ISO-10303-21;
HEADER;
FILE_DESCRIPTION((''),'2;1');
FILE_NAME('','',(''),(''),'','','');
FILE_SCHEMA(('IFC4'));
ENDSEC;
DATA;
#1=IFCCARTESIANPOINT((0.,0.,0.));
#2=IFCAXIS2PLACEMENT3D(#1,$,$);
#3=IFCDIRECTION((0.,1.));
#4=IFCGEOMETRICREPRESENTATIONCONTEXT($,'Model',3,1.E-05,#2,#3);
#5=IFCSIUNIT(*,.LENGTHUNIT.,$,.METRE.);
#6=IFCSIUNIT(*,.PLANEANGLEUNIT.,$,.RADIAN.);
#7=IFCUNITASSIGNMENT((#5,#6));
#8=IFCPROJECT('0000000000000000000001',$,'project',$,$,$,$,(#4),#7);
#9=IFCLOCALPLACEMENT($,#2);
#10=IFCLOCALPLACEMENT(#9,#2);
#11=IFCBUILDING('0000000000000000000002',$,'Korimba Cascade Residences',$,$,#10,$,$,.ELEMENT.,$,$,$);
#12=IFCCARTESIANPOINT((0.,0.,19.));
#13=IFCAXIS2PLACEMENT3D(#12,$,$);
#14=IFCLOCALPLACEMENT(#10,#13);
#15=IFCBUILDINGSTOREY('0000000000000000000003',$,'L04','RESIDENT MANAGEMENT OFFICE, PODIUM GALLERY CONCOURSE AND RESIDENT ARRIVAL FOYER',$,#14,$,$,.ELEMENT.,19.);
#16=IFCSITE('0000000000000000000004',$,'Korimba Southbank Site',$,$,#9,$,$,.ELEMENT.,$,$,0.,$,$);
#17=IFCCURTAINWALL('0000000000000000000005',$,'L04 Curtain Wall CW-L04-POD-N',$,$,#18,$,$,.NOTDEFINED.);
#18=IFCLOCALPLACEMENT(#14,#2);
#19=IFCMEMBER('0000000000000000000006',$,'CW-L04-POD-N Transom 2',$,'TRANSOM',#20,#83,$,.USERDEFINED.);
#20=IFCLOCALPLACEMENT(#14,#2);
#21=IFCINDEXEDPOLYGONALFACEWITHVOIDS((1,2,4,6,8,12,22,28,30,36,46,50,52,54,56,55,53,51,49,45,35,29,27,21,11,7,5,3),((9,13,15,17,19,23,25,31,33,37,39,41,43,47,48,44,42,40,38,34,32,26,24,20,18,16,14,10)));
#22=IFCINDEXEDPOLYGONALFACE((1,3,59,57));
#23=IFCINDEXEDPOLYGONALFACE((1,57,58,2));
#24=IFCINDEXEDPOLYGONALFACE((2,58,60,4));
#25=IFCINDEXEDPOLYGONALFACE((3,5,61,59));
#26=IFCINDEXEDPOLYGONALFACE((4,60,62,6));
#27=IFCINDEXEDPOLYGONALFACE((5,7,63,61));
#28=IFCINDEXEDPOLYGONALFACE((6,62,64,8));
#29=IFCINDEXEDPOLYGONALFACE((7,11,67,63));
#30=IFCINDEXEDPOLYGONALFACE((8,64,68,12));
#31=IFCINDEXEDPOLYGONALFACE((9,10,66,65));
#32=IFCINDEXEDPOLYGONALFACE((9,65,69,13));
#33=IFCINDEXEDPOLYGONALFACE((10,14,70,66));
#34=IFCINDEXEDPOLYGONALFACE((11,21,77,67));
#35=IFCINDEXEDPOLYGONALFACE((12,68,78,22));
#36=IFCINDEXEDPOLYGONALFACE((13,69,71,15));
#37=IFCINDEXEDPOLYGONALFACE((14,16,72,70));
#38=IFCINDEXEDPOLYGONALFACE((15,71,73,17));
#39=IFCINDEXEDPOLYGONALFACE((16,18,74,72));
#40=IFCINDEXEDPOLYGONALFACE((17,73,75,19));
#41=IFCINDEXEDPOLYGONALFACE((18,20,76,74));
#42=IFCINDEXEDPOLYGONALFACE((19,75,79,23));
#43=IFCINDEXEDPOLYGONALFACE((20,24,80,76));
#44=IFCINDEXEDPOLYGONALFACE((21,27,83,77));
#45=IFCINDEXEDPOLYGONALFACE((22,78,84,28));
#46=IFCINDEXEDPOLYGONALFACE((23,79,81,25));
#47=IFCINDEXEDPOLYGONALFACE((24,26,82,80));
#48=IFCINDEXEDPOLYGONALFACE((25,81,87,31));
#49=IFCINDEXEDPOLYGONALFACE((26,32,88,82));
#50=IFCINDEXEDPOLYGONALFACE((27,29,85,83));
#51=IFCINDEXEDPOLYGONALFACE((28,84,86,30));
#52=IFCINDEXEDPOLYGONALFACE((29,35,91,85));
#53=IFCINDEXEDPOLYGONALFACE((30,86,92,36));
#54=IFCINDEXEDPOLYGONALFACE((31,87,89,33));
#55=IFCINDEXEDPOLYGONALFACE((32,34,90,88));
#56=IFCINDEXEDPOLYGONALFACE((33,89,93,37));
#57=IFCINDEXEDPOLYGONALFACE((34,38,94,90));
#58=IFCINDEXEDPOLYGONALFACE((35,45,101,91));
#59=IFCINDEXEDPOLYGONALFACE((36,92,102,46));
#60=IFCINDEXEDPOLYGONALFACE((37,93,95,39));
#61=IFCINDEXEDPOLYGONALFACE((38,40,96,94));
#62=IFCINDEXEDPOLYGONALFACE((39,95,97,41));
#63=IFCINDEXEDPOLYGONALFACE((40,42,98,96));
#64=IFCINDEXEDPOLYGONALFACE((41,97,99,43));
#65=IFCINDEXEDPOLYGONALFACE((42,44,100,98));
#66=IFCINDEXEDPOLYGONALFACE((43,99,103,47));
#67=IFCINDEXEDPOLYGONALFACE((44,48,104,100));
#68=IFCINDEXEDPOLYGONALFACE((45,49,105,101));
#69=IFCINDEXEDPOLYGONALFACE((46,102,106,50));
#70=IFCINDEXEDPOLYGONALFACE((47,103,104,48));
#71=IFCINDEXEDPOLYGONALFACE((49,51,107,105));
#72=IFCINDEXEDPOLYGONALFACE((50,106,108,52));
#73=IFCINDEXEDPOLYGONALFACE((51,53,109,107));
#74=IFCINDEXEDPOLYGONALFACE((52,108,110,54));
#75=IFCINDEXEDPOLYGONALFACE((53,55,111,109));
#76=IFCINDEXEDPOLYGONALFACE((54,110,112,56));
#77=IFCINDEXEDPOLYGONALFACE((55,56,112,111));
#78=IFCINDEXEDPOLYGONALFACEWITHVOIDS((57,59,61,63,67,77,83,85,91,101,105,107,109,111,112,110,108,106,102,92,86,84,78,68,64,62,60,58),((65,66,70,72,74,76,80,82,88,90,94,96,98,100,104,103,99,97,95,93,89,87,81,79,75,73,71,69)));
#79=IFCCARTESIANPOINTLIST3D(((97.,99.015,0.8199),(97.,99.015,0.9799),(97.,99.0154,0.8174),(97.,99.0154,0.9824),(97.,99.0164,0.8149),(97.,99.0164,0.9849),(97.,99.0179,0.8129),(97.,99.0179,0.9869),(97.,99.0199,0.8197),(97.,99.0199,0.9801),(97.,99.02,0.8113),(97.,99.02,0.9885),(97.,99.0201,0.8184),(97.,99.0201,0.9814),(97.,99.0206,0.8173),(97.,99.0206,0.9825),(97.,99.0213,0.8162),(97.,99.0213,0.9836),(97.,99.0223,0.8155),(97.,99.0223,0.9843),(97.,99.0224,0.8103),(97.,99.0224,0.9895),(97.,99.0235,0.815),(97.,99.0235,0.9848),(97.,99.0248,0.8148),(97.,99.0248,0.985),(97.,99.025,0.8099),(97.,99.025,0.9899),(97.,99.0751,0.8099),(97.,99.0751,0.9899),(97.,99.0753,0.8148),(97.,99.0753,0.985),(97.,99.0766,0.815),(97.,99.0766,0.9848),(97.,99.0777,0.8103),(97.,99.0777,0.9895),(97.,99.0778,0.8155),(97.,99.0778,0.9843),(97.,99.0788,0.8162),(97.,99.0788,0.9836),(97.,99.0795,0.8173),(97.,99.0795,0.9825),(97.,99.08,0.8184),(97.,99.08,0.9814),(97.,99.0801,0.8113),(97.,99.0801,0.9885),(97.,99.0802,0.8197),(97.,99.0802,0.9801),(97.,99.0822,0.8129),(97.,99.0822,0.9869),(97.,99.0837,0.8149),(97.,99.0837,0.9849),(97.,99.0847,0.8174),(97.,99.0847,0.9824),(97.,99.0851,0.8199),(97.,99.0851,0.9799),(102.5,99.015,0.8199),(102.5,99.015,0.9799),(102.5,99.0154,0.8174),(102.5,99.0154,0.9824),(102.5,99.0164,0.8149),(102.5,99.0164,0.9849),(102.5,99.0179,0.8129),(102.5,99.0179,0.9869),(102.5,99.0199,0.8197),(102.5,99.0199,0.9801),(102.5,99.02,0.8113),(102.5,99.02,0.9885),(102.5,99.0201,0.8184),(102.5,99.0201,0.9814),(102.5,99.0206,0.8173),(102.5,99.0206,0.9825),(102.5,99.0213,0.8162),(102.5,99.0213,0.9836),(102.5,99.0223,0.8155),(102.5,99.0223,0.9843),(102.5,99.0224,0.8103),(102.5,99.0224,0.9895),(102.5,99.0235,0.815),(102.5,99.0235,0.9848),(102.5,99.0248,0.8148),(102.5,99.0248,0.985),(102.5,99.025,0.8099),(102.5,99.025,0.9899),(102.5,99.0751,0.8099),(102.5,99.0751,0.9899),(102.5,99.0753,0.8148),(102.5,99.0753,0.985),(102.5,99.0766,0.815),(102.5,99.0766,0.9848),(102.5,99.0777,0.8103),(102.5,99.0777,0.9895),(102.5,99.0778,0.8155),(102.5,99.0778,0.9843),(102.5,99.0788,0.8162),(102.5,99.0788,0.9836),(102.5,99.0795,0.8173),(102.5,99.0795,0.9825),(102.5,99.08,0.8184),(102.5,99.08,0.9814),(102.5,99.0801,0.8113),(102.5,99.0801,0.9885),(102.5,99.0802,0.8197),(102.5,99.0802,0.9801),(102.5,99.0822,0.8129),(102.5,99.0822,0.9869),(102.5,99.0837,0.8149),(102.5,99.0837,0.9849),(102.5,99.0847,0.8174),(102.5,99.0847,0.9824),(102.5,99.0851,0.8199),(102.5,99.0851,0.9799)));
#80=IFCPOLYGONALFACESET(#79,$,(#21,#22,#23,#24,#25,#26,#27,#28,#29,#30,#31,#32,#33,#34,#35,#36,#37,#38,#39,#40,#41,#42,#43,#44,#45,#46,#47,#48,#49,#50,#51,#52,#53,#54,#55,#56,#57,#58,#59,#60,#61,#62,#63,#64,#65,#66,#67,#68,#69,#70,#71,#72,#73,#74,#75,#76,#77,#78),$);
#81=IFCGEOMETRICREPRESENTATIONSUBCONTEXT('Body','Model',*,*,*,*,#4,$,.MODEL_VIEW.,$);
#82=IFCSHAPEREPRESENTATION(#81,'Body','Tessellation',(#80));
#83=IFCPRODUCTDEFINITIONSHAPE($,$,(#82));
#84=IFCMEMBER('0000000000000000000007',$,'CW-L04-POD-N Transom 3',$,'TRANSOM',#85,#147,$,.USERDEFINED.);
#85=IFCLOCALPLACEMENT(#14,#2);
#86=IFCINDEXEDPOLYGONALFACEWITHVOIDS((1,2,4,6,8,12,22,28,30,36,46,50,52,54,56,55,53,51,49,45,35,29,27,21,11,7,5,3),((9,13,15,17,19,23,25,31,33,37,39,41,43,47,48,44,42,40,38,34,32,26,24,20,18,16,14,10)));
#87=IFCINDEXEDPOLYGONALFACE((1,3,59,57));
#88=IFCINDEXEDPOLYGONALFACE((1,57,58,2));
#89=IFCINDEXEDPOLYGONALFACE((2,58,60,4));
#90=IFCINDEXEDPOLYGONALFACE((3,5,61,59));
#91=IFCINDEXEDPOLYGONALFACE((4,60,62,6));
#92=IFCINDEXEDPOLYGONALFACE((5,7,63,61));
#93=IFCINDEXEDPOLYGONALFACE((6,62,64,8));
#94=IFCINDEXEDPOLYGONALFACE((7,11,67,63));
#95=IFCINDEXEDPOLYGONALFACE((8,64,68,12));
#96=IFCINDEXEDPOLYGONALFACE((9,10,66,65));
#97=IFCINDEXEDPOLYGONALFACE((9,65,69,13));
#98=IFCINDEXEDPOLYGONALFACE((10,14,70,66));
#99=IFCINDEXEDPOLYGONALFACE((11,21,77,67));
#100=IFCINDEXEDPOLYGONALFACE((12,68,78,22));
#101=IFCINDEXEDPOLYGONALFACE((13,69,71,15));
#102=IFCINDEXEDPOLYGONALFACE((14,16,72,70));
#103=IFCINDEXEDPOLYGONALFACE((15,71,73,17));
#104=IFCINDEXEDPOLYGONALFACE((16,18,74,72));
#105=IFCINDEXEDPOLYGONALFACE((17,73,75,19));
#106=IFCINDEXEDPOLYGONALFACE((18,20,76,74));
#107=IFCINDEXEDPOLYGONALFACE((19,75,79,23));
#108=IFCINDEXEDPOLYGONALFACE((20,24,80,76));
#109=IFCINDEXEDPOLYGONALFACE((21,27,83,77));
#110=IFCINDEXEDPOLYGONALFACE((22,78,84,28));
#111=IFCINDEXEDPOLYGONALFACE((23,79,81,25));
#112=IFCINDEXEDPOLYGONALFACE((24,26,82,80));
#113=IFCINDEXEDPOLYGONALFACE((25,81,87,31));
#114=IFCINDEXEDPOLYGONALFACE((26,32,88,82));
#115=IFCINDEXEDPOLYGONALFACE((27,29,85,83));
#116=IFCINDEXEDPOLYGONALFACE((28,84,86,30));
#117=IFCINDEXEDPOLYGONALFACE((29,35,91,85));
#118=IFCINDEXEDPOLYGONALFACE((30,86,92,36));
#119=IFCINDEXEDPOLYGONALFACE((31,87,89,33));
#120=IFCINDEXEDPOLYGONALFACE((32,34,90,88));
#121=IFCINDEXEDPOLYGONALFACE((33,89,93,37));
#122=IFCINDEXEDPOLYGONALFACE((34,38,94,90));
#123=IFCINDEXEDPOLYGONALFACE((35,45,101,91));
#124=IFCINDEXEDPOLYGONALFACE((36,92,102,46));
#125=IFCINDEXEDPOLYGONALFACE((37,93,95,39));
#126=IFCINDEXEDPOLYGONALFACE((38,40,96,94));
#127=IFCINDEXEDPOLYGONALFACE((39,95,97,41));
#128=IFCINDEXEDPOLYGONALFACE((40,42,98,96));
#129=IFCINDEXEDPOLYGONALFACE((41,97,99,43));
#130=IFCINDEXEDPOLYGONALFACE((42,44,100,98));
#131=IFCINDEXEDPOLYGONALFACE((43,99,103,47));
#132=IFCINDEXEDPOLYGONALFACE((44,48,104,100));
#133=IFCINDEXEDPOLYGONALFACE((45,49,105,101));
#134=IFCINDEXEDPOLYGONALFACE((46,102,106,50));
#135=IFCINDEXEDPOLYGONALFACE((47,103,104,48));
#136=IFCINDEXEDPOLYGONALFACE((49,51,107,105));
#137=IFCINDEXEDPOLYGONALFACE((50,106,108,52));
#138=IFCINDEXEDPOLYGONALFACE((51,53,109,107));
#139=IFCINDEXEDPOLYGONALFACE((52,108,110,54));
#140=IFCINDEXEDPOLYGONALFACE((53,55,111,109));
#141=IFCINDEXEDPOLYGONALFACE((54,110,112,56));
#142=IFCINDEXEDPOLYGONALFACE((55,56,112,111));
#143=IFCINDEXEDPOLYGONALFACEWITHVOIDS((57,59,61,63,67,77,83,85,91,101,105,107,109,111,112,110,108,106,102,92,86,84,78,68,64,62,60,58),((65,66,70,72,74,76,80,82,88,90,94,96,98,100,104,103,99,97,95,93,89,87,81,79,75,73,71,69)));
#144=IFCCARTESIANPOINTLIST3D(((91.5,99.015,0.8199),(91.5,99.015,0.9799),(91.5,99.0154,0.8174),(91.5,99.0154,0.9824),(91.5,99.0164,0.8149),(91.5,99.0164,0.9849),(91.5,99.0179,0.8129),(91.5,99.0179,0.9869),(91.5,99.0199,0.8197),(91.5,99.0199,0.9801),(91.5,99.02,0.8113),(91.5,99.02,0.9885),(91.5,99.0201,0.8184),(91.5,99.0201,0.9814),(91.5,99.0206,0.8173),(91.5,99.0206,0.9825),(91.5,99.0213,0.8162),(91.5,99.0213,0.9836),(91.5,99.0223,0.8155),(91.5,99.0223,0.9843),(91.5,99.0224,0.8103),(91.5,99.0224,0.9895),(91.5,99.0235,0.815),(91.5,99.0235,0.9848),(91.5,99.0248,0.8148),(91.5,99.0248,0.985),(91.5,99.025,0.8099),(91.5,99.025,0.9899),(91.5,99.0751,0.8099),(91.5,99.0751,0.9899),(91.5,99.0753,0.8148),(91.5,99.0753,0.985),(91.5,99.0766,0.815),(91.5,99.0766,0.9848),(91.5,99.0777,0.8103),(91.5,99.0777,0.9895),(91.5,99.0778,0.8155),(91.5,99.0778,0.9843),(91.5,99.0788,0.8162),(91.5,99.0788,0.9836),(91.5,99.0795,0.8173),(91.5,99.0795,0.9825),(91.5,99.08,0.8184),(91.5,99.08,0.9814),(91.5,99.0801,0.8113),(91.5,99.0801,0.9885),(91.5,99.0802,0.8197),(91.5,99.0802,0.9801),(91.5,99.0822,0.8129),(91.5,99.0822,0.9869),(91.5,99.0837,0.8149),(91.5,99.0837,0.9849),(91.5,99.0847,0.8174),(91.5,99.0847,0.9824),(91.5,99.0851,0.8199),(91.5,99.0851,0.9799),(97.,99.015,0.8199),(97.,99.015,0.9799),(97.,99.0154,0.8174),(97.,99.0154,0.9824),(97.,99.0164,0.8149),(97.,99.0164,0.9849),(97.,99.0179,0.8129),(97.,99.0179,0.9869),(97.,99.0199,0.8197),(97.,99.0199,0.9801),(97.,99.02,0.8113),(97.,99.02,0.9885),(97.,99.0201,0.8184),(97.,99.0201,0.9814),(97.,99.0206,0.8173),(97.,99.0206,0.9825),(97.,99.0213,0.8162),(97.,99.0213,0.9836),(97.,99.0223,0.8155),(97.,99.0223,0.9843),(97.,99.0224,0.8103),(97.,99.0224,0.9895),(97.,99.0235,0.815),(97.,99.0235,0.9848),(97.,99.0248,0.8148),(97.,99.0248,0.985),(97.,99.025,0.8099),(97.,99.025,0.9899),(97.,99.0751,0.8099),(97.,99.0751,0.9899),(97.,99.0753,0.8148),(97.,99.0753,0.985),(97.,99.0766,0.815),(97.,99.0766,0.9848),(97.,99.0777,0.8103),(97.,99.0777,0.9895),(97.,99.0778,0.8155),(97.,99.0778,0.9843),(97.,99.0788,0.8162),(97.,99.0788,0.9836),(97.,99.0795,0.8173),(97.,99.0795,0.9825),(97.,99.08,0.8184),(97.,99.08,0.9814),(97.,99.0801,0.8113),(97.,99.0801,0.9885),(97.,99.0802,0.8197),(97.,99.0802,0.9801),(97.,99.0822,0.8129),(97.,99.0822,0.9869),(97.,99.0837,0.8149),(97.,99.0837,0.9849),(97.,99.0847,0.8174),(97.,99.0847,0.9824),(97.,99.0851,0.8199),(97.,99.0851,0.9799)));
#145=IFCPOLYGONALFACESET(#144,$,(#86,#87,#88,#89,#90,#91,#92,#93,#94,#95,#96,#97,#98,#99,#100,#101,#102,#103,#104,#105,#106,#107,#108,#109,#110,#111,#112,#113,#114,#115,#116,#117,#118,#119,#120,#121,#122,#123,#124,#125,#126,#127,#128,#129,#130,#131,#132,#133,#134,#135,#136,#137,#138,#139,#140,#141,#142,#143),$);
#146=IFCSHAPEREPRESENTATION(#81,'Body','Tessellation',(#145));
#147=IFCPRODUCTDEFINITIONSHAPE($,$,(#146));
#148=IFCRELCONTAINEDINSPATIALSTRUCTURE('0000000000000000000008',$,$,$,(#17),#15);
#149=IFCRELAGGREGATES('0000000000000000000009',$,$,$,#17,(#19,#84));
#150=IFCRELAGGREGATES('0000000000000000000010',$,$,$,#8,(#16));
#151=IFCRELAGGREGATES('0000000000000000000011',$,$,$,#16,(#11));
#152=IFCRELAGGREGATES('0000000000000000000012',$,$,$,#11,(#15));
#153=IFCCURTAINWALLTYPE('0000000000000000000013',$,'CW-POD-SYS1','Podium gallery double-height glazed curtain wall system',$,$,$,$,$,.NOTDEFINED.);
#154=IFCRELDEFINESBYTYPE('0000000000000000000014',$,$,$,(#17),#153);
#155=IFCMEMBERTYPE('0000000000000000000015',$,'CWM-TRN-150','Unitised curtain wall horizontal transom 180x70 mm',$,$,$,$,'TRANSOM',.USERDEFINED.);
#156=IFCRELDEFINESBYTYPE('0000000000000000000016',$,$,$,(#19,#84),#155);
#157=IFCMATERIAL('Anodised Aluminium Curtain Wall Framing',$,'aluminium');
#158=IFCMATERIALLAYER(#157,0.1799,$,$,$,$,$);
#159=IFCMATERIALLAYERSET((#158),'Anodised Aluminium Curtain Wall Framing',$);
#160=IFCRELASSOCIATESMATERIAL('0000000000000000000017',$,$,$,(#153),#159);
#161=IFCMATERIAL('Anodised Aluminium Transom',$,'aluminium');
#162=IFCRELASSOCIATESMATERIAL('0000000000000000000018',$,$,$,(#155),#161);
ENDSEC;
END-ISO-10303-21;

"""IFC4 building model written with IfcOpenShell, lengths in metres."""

from ifc_helpers import new_model, si_unit, direction, frame, origin, origin_2d, place, context, subcontext, project, spatial, hollow_rectangle, extrude, material, layer, layer_set, material_profile, profile_set, type_object, element, aggregate, save


model = new_model("IFC4")

# Units and contexts
model_context = context("Model", 3, precision=1e-05, world=origin(), true_north=direction((0.0, 1.0)))
body_context = subcontext(model_context, "Body", "Model", "MODEL_VIEW")
ifc_project = project(units=[si_unit("LENGTHUNIT", "METRE"), si_unit("PLANEANGLEUNIT", "RADIAN")], contexts=[model_context])

# Site, building, storey
site_placement = place(None, origin())
site = spatial("IfcSite", under=ifc_project, at=site_placement, Name="Korimba Southbank Site", CompositionType="ELEMENT", RefElevation=0.0)
building_placement = place(site_placement, origin())
building = spatial("IfcBuilding", under=site, at=building_placement, Name="Korimba Cascade Residences", CompositionType="ELEMENT")
storey_placement = place(building_placement, frame((0.0, 0.0, 19.0)))
storey = spatial("IfcBuildingStorey", under=building, at=storey_placement, Name="L04", Description="RESIDENT MANAGEMENT OFFICE, PODIUM GALLERY CONCOURSE AND RESIDENT ARRIVAL FOYER", CompositionType="ELEMENT", Elevation=19.0)

# Curtain wall, members
ifc_material_1 = material(Name="Anodised Aluminium Curtain Wall Framing", Category="aluminium")
ifc_layer_1 = layer(ifc_material_1, 0.1799)
ifc_layer_set_1 = layer_set([ifc_layer_1], Name="Anodised Aluminium Curtain Wall Framing")
curtain_wall_type = type_object("IfcCurtainWallType", Name="CW-POD-SYS1", Description="Podium gallery double-height glazed curtain wall system", PredefinedType="NOTDEFINED", material=ifc_layer_set_1)
curtain_wall_placement = place(storey_placement, origin())
curtain_wall = element("IfcCurtainWall", 1, at=curtain_wall_placement, inside=storey, type_object=curtain_wall_type, Name="L04 Curtain Wall CW-L04-POD-N", PredefinedType="NOTDEFINED")
ifc_material_2 = material(Name="Anodised Aluminium Transom", Category="aluminium")
ifc_material_profile_1 = material_profile(ifc_material_2, hollow_rectangle(XDim=0.0701, YDim=0.1799, WallThickness=0.0049, InnerFilletRadius=0.0049, OuterFilletRadius=0.01, at=origin_2d()), Name="Anodised Aluminium Transom")
ifc_profile_set_1 = profile_set([ifc_material_profile_1], Name="Anodised Aluminium Transom")
member_type_1 = type_object("IfcMemberType", Name="CWM-TRN-150", Description="Unitised curtain wall horizontal transom 180x70 mm", ElementType="TRANSOM", PredefinedType="USERDEFINED", material=ifc_profile_set_1)
member_1_placement = place(storey_placement, frame((102.5, 99.05, 0.8999), z_axis=(-1.0, 0.0, 0.0), x_axis=(0.0, -1.0, 0.0)))
member_1 = element("IfcMember", 2, at=member_1_placement, type_object=member_type_1, Name="CW-L04-POD-N Transom 2", ObjectType="TRANSOM", PredefinedType="USERDEFINED", context=body_context, shape_type="SweptSolid", body=[
    extrude(hollow_rectangle(XDim=0.0701, YDim=0.1799, WallThickness=0.0049, InnerFilletRadius=0.0049, OuterFilletRadius=0.01, at=origin_2d()), origin(), (0.0, 0.0, 1.0), 5.5),
])
member_2_placement = place(storey_placement, frame((97.0, 99.05, 0.8999), z_axis=(-1.0, 0.0, 0.0), x_axis=(0.0, -1.0, 0.0)))
member_2 = element("IfcMember", 3, at=member_2_placement, type_object=member_type_1, Name="CW-L04-POD-N Transom 3", ObjectType="TRANSOM", PredefinedType="USERDEFINED", context=body_context, shape_type="SweptSolid", body=[
    extrude(hollow_rectangle(XDim=0.0701, YDim=0.1799, WallThickness=0.0049, InnerFilletRadius=0.0049, OuterFilletRadius=0.01, at=origin_2d()), origin(), (0.0, 0.0, 1.0), 5.5),
])

aggregate(curtain_wall, [member_1, member_2])

save(model, "model.ifc")
